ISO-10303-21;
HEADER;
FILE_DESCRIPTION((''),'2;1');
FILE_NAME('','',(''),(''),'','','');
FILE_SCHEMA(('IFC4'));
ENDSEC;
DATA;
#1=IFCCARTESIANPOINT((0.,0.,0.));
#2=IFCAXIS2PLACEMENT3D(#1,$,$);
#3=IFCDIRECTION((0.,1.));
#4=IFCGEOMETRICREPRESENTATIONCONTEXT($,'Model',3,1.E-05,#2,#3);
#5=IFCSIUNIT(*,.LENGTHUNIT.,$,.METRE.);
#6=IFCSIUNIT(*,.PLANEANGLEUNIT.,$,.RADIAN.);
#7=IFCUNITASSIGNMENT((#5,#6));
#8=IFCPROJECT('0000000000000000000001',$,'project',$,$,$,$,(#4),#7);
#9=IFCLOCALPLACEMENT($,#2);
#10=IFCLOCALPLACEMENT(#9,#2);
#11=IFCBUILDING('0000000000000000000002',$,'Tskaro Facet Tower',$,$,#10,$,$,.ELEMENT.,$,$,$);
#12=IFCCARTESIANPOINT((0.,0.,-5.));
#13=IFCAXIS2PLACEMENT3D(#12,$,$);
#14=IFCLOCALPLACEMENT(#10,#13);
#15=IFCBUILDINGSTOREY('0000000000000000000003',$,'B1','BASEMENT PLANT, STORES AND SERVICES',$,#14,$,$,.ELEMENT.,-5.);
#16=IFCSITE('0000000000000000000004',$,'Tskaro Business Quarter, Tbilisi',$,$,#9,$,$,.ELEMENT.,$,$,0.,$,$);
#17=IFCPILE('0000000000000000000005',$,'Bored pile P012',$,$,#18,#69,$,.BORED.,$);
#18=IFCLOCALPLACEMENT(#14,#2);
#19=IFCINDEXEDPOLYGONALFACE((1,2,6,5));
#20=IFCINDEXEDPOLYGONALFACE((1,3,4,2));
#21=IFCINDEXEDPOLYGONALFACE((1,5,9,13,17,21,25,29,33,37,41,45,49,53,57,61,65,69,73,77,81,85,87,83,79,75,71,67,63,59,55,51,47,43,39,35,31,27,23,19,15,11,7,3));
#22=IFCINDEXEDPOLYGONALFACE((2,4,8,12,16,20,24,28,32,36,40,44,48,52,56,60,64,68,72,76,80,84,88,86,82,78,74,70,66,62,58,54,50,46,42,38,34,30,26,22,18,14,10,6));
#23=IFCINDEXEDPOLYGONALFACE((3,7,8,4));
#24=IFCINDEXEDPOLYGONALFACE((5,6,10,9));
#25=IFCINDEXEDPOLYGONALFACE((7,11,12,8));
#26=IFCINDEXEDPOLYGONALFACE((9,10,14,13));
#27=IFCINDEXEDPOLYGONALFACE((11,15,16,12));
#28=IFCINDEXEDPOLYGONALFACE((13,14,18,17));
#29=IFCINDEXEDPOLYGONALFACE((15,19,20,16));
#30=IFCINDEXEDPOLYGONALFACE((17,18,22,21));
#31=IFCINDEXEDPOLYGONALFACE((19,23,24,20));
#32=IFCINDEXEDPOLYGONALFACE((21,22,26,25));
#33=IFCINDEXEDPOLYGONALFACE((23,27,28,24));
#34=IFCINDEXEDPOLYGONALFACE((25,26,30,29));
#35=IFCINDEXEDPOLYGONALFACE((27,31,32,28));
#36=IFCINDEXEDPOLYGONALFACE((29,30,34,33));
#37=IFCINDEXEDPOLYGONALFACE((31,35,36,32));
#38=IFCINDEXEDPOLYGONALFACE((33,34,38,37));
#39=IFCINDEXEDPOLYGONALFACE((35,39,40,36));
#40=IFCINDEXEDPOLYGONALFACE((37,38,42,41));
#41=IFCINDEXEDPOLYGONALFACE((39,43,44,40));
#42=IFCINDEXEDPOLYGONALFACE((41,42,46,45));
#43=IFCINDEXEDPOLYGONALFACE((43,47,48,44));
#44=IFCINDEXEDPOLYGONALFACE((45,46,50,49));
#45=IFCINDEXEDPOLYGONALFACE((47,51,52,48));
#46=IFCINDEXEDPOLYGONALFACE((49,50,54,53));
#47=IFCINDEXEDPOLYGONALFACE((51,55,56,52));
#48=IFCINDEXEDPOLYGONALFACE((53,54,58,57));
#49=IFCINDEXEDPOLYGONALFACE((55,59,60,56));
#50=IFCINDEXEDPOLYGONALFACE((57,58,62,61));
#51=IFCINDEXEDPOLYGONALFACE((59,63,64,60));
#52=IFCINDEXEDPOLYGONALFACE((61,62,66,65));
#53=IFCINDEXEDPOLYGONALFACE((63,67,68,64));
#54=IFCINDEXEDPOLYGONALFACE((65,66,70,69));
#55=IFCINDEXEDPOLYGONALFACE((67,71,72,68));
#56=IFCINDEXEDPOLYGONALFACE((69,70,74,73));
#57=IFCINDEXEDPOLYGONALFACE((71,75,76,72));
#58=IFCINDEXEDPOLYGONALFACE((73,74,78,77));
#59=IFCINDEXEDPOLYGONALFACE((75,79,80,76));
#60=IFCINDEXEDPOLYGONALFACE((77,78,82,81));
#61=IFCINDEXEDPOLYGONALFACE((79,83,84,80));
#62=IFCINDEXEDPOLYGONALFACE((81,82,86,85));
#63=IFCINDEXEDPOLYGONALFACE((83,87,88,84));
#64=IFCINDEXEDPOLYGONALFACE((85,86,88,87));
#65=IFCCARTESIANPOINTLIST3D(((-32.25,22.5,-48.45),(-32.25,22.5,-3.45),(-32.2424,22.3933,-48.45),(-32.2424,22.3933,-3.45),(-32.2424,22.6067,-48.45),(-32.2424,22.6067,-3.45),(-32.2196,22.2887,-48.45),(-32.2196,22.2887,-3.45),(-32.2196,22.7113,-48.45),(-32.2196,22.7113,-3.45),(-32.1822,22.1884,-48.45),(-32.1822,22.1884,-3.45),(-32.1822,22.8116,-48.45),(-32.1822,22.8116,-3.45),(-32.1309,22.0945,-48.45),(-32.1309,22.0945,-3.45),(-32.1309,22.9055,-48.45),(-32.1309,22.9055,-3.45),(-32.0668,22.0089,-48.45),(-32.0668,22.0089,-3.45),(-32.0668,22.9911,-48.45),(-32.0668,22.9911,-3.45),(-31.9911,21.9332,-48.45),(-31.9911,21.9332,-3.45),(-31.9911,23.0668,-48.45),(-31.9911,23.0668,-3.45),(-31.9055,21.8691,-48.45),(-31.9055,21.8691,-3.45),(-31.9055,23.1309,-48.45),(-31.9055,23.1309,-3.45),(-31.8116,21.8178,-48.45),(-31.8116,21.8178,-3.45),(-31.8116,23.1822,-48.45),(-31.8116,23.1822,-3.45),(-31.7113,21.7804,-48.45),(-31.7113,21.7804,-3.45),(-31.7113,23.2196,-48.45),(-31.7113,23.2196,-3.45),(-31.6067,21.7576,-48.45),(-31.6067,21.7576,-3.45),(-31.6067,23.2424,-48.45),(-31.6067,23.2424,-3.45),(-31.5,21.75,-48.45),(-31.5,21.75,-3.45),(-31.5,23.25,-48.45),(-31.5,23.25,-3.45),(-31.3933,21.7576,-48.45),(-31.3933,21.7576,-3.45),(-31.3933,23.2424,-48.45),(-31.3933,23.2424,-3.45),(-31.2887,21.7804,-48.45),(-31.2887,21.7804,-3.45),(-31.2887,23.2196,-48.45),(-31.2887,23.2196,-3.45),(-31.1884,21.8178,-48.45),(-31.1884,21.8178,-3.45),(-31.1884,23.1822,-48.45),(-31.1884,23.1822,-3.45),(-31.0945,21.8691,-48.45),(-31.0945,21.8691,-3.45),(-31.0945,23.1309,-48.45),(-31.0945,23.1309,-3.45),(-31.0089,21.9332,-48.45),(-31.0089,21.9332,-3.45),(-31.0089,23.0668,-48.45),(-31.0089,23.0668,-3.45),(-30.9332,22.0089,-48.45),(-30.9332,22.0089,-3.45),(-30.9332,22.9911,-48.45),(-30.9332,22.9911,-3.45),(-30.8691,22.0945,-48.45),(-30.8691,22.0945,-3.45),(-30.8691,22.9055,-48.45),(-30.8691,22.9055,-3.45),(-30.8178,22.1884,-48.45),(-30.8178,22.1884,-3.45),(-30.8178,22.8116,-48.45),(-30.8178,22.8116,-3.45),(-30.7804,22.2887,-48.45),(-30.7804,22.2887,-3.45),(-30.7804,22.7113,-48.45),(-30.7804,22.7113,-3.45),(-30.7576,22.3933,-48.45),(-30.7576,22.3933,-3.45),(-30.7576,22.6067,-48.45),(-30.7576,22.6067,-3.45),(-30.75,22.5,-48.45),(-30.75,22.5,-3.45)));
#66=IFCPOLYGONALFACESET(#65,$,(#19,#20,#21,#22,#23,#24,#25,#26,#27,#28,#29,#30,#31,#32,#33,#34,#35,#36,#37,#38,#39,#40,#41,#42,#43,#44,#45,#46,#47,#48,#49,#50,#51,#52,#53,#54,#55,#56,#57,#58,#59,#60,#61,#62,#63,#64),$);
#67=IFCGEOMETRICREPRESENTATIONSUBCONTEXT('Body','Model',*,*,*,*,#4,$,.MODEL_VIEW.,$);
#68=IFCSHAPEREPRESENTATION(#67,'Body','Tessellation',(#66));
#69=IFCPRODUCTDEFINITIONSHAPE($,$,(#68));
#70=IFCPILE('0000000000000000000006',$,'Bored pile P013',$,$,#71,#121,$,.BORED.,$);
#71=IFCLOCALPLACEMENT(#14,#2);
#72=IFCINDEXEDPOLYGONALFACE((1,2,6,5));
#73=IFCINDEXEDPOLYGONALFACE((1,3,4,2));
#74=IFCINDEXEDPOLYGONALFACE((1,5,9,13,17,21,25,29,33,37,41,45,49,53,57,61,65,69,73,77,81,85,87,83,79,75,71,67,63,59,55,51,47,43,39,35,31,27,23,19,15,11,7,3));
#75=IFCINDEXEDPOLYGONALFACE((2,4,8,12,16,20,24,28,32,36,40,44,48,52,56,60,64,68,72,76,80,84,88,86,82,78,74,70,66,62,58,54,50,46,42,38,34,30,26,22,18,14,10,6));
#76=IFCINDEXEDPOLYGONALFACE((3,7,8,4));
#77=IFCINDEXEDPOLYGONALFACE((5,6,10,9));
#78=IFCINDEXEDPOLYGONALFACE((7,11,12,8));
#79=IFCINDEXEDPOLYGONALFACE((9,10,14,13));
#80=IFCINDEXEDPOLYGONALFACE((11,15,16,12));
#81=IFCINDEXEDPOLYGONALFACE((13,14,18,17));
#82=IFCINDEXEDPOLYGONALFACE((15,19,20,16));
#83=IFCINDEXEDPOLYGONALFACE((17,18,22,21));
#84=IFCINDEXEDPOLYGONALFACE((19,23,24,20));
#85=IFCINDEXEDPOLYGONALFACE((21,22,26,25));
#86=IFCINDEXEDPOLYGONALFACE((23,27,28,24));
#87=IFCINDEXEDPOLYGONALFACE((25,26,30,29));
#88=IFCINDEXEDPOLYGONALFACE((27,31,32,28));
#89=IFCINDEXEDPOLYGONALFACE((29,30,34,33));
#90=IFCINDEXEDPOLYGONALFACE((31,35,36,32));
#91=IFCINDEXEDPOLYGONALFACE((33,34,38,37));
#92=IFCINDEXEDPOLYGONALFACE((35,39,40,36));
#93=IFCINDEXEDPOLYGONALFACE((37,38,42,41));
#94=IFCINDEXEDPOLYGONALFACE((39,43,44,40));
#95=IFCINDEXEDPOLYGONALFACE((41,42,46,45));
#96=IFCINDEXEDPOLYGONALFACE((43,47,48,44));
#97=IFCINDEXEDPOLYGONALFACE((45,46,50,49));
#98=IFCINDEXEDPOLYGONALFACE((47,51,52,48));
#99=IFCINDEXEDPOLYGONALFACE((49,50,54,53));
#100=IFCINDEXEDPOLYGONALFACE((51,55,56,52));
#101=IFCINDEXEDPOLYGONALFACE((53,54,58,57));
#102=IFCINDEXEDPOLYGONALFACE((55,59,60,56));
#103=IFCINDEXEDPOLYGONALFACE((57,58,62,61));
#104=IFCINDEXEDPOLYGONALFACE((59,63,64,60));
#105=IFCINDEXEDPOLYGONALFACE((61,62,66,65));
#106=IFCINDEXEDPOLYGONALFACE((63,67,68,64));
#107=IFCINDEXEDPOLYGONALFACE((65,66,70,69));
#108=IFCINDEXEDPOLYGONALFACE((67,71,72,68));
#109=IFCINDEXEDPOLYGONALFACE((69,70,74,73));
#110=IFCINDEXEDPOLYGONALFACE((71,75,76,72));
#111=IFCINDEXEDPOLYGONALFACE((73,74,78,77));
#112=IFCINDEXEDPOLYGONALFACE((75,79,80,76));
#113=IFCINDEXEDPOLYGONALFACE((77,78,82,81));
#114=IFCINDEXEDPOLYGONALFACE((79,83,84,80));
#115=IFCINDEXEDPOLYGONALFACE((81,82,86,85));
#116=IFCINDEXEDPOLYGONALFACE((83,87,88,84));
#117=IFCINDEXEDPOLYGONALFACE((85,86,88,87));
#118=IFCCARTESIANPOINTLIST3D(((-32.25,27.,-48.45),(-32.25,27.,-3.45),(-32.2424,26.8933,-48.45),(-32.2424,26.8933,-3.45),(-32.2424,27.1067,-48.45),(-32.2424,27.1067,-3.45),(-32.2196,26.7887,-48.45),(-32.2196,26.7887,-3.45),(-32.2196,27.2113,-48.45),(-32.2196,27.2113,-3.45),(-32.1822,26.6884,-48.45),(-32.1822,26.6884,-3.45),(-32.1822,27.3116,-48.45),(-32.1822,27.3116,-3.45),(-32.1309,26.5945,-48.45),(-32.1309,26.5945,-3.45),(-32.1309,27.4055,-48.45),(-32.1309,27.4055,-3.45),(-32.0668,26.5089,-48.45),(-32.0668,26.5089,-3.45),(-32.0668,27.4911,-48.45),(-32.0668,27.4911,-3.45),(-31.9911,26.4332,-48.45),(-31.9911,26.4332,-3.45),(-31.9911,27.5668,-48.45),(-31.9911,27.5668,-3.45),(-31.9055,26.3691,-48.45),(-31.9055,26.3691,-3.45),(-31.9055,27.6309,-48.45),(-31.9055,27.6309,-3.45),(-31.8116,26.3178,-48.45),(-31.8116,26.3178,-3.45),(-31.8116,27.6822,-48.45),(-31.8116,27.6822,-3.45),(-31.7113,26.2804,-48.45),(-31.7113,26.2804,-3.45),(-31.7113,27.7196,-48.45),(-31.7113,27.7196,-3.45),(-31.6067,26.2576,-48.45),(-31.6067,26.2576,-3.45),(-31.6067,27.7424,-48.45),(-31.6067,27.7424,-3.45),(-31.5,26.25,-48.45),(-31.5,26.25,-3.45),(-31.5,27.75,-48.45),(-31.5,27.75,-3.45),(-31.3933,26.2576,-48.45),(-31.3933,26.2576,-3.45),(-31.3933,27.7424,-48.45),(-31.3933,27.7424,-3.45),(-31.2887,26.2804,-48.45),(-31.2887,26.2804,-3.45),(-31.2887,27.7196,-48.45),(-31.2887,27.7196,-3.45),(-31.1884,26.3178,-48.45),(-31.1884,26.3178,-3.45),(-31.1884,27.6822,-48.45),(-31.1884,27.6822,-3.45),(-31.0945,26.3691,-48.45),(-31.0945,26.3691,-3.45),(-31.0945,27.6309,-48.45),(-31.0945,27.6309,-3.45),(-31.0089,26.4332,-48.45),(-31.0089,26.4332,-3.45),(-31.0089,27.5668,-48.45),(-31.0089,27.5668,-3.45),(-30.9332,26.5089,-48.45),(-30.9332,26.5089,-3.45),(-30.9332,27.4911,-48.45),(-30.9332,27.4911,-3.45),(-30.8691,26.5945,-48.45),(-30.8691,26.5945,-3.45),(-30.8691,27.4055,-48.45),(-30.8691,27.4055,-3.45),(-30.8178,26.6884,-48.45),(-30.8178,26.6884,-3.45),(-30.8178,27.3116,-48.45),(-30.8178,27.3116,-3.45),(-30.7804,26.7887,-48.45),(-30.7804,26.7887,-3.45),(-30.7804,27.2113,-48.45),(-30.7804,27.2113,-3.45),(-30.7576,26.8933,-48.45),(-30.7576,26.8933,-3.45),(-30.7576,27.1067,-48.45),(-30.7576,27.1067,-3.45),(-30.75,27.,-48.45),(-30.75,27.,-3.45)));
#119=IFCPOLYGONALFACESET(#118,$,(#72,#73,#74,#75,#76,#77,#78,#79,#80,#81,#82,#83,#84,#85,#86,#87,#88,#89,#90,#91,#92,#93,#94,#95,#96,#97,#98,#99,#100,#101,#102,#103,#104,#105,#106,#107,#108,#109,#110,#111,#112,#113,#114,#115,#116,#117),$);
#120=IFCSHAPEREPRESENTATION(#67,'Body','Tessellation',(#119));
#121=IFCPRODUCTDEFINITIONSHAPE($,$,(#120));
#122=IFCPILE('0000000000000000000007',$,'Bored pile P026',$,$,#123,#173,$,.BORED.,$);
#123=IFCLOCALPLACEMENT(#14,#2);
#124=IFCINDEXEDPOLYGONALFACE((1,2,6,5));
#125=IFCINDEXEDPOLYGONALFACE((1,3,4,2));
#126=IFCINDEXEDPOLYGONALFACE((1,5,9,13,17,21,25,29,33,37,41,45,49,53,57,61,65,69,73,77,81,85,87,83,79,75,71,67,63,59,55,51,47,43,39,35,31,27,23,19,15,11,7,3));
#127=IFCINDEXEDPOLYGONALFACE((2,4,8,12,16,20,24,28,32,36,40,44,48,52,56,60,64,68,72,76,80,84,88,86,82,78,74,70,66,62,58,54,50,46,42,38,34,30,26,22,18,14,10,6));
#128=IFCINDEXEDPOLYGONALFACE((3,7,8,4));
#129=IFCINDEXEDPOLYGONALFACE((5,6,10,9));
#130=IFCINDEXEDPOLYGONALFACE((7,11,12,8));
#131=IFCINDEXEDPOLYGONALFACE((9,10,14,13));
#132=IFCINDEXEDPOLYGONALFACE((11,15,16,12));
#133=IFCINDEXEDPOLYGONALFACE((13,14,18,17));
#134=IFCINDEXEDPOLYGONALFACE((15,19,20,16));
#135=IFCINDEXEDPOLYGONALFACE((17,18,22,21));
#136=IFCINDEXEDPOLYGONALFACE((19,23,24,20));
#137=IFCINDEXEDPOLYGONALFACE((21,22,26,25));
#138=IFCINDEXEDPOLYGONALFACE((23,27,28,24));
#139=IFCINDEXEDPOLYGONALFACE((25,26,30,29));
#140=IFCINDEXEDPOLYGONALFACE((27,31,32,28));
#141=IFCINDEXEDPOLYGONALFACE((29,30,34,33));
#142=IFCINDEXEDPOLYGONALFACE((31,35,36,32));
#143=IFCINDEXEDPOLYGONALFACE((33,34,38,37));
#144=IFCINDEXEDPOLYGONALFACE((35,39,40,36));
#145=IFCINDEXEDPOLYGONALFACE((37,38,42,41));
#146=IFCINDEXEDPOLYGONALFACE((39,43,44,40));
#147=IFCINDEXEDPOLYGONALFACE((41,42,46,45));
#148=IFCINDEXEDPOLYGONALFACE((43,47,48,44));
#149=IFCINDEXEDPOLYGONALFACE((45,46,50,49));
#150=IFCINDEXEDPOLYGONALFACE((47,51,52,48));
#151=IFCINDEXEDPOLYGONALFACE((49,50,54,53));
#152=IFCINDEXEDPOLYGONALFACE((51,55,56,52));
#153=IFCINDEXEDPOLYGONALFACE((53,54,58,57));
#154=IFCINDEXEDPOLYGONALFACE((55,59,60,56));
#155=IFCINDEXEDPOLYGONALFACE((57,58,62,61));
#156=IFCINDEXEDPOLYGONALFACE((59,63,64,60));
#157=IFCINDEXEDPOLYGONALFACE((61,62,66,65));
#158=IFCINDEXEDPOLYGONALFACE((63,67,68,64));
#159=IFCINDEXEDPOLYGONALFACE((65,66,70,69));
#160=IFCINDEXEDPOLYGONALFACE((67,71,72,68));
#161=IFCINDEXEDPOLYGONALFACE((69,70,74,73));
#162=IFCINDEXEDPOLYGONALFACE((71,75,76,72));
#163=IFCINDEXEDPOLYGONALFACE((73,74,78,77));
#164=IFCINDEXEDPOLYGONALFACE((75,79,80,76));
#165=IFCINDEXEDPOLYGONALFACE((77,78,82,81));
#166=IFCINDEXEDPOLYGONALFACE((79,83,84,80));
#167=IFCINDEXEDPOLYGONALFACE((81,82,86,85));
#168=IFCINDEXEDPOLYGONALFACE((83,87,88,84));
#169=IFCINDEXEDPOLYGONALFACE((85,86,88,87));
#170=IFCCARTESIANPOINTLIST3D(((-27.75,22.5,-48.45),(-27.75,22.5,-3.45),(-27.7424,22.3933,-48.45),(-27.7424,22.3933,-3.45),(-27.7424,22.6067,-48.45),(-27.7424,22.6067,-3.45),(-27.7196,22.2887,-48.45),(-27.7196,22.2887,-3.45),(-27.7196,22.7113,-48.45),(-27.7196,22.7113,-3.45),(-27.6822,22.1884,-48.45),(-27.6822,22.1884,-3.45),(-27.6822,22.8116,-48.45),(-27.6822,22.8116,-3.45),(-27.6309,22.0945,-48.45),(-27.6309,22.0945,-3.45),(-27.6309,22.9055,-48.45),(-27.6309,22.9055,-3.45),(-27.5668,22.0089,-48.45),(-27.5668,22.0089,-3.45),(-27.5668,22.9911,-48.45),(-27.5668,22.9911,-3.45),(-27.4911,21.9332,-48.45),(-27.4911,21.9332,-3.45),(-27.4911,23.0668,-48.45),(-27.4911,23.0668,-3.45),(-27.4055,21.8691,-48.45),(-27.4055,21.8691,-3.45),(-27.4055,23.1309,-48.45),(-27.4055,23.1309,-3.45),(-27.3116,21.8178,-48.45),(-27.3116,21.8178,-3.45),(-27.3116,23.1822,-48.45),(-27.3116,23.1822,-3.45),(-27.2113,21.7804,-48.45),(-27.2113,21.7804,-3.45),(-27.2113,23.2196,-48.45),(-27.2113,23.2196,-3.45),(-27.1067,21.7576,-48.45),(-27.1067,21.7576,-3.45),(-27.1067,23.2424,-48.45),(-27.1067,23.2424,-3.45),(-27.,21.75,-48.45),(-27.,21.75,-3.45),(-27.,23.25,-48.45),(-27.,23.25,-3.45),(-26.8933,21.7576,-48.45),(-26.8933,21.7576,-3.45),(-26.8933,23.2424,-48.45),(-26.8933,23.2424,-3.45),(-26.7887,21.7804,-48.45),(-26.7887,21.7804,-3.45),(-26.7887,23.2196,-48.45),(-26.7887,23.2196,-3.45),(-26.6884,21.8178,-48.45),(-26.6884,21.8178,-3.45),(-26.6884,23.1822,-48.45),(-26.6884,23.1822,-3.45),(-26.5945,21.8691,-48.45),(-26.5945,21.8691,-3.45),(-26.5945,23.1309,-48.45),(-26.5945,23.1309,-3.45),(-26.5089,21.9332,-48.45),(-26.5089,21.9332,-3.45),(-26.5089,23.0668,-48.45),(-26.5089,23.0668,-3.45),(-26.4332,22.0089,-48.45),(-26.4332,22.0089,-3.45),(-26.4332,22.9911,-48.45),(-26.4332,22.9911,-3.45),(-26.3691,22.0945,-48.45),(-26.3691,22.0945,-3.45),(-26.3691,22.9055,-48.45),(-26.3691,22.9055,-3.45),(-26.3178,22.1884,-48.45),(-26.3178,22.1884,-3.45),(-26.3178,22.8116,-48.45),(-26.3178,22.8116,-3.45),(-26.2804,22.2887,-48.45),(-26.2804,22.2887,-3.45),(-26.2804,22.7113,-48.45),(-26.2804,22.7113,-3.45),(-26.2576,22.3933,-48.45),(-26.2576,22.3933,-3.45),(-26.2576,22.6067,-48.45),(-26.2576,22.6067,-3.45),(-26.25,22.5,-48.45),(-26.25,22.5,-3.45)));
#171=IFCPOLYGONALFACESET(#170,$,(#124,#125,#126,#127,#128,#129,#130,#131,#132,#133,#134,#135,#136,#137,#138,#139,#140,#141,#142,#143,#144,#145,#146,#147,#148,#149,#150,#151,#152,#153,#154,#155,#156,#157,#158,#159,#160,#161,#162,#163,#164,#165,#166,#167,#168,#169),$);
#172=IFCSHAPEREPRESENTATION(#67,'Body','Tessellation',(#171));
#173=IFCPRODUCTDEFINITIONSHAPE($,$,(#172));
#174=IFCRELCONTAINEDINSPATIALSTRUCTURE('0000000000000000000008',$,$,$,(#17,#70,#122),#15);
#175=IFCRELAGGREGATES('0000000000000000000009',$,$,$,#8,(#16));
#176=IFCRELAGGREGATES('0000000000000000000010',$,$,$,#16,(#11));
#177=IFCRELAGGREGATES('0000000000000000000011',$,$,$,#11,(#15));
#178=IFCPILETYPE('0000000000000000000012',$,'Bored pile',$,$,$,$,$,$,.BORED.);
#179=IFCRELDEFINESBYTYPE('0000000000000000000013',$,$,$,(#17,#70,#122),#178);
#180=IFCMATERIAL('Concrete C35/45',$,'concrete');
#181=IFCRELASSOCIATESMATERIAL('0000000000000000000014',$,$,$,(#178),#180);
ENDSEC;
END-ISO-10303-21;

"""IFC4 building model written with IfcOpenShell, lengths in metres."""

from ifc_helpers import new_model, si_unit, direction, frame, origin, origin_2d, place, context, subcontext, project, spatial, circle, extrude, material, material_profile, profile_set, type_object, element, save


model = new_model("IFC4")

# Units and contexts
model_context = context("Model", 3, precision=1e-05, world=origin(), true_north=direction((0.0, 1.0)))
body_context = subcontext(model_context, "Body", "Model", "MODEL_VIEW")
ifc_project = project(units=[si_unit("LENGTHUNIT", "METRE"), si_unit("PLANEANGLEUNIT", "RADIAN")], contexts=[model_context])

# Site, building, storey
site_placement = place(None, origin())
site = spatial("IfcSite", under=ifc_project, at=site_placement, Name="Tskaro Business Quarter, Tbilisi", CompositionType="ELEMENT", RefElevation=0.0)
building_placement = place(site_placement, origin())
building = spatial("IfcBuilding", under=site, at=building_placement, Name="Tskaro Facet Tower", CompositionType="ELEMENT")
storey_placement = place(building_placement, frame((0.0, 0.0, -5.0)))
storey = spatial("IfcBuildingStorey", under=building, at=storey_placement, Name="B1", Description="BASEMENT PLANT, STORES AND SERVICES", CompositionType="ELEMENT", Elevation=-5.0)

# Piles
ifc_material_1 = material(Name="Concrete C35/45", Category="concrete")
ifc_material_profile_1 = material_profile(ifc_material_1, circle(Radius=0.75, at=origin_2d()), Name="Bored pile")
ifc_profile_set_1 = profile_set([ifc_material_profile_1], Name="Concrete C35/45")
pile_type = type_object("IfcPileType", Name="Bored pile", PredefinedType="BORED", material=ifc_profile_set_1)
for number, where, z_axis, x_axis, name in (
    (1, (-31.5, 22.5, -3.45), (0.0, 0.0, -1.0), (1.0, 0.0, 0.0), "Bored pile P012"),
    (2, (-31.5, 27.0, -3.45), (0.0, 0.0, -1.0), (1.0, 0.0, 0.0), "Bored pile P013"),
    (3, (-27.0, 22.5, -3.45), (0.0, 0.0, -1.0), (1.0, 0.0, 0.0), "Bored pile P026"),
):
    element("IfcPile", number, at=place(storey_placement, frame(where, z_axis=z_axis, x_axis=x_axis)), inside=storey, type_object=pile_type, Name=name, PredefinedType="BORED", context=body_context, shape_type="SweptSolid", body=[
        extrude(circle(Radius=0.75, at=origin_2d()), origin(), (0.0, 0.0, 1.0), 45.0),
    ])

save(model, "model.ifc")
